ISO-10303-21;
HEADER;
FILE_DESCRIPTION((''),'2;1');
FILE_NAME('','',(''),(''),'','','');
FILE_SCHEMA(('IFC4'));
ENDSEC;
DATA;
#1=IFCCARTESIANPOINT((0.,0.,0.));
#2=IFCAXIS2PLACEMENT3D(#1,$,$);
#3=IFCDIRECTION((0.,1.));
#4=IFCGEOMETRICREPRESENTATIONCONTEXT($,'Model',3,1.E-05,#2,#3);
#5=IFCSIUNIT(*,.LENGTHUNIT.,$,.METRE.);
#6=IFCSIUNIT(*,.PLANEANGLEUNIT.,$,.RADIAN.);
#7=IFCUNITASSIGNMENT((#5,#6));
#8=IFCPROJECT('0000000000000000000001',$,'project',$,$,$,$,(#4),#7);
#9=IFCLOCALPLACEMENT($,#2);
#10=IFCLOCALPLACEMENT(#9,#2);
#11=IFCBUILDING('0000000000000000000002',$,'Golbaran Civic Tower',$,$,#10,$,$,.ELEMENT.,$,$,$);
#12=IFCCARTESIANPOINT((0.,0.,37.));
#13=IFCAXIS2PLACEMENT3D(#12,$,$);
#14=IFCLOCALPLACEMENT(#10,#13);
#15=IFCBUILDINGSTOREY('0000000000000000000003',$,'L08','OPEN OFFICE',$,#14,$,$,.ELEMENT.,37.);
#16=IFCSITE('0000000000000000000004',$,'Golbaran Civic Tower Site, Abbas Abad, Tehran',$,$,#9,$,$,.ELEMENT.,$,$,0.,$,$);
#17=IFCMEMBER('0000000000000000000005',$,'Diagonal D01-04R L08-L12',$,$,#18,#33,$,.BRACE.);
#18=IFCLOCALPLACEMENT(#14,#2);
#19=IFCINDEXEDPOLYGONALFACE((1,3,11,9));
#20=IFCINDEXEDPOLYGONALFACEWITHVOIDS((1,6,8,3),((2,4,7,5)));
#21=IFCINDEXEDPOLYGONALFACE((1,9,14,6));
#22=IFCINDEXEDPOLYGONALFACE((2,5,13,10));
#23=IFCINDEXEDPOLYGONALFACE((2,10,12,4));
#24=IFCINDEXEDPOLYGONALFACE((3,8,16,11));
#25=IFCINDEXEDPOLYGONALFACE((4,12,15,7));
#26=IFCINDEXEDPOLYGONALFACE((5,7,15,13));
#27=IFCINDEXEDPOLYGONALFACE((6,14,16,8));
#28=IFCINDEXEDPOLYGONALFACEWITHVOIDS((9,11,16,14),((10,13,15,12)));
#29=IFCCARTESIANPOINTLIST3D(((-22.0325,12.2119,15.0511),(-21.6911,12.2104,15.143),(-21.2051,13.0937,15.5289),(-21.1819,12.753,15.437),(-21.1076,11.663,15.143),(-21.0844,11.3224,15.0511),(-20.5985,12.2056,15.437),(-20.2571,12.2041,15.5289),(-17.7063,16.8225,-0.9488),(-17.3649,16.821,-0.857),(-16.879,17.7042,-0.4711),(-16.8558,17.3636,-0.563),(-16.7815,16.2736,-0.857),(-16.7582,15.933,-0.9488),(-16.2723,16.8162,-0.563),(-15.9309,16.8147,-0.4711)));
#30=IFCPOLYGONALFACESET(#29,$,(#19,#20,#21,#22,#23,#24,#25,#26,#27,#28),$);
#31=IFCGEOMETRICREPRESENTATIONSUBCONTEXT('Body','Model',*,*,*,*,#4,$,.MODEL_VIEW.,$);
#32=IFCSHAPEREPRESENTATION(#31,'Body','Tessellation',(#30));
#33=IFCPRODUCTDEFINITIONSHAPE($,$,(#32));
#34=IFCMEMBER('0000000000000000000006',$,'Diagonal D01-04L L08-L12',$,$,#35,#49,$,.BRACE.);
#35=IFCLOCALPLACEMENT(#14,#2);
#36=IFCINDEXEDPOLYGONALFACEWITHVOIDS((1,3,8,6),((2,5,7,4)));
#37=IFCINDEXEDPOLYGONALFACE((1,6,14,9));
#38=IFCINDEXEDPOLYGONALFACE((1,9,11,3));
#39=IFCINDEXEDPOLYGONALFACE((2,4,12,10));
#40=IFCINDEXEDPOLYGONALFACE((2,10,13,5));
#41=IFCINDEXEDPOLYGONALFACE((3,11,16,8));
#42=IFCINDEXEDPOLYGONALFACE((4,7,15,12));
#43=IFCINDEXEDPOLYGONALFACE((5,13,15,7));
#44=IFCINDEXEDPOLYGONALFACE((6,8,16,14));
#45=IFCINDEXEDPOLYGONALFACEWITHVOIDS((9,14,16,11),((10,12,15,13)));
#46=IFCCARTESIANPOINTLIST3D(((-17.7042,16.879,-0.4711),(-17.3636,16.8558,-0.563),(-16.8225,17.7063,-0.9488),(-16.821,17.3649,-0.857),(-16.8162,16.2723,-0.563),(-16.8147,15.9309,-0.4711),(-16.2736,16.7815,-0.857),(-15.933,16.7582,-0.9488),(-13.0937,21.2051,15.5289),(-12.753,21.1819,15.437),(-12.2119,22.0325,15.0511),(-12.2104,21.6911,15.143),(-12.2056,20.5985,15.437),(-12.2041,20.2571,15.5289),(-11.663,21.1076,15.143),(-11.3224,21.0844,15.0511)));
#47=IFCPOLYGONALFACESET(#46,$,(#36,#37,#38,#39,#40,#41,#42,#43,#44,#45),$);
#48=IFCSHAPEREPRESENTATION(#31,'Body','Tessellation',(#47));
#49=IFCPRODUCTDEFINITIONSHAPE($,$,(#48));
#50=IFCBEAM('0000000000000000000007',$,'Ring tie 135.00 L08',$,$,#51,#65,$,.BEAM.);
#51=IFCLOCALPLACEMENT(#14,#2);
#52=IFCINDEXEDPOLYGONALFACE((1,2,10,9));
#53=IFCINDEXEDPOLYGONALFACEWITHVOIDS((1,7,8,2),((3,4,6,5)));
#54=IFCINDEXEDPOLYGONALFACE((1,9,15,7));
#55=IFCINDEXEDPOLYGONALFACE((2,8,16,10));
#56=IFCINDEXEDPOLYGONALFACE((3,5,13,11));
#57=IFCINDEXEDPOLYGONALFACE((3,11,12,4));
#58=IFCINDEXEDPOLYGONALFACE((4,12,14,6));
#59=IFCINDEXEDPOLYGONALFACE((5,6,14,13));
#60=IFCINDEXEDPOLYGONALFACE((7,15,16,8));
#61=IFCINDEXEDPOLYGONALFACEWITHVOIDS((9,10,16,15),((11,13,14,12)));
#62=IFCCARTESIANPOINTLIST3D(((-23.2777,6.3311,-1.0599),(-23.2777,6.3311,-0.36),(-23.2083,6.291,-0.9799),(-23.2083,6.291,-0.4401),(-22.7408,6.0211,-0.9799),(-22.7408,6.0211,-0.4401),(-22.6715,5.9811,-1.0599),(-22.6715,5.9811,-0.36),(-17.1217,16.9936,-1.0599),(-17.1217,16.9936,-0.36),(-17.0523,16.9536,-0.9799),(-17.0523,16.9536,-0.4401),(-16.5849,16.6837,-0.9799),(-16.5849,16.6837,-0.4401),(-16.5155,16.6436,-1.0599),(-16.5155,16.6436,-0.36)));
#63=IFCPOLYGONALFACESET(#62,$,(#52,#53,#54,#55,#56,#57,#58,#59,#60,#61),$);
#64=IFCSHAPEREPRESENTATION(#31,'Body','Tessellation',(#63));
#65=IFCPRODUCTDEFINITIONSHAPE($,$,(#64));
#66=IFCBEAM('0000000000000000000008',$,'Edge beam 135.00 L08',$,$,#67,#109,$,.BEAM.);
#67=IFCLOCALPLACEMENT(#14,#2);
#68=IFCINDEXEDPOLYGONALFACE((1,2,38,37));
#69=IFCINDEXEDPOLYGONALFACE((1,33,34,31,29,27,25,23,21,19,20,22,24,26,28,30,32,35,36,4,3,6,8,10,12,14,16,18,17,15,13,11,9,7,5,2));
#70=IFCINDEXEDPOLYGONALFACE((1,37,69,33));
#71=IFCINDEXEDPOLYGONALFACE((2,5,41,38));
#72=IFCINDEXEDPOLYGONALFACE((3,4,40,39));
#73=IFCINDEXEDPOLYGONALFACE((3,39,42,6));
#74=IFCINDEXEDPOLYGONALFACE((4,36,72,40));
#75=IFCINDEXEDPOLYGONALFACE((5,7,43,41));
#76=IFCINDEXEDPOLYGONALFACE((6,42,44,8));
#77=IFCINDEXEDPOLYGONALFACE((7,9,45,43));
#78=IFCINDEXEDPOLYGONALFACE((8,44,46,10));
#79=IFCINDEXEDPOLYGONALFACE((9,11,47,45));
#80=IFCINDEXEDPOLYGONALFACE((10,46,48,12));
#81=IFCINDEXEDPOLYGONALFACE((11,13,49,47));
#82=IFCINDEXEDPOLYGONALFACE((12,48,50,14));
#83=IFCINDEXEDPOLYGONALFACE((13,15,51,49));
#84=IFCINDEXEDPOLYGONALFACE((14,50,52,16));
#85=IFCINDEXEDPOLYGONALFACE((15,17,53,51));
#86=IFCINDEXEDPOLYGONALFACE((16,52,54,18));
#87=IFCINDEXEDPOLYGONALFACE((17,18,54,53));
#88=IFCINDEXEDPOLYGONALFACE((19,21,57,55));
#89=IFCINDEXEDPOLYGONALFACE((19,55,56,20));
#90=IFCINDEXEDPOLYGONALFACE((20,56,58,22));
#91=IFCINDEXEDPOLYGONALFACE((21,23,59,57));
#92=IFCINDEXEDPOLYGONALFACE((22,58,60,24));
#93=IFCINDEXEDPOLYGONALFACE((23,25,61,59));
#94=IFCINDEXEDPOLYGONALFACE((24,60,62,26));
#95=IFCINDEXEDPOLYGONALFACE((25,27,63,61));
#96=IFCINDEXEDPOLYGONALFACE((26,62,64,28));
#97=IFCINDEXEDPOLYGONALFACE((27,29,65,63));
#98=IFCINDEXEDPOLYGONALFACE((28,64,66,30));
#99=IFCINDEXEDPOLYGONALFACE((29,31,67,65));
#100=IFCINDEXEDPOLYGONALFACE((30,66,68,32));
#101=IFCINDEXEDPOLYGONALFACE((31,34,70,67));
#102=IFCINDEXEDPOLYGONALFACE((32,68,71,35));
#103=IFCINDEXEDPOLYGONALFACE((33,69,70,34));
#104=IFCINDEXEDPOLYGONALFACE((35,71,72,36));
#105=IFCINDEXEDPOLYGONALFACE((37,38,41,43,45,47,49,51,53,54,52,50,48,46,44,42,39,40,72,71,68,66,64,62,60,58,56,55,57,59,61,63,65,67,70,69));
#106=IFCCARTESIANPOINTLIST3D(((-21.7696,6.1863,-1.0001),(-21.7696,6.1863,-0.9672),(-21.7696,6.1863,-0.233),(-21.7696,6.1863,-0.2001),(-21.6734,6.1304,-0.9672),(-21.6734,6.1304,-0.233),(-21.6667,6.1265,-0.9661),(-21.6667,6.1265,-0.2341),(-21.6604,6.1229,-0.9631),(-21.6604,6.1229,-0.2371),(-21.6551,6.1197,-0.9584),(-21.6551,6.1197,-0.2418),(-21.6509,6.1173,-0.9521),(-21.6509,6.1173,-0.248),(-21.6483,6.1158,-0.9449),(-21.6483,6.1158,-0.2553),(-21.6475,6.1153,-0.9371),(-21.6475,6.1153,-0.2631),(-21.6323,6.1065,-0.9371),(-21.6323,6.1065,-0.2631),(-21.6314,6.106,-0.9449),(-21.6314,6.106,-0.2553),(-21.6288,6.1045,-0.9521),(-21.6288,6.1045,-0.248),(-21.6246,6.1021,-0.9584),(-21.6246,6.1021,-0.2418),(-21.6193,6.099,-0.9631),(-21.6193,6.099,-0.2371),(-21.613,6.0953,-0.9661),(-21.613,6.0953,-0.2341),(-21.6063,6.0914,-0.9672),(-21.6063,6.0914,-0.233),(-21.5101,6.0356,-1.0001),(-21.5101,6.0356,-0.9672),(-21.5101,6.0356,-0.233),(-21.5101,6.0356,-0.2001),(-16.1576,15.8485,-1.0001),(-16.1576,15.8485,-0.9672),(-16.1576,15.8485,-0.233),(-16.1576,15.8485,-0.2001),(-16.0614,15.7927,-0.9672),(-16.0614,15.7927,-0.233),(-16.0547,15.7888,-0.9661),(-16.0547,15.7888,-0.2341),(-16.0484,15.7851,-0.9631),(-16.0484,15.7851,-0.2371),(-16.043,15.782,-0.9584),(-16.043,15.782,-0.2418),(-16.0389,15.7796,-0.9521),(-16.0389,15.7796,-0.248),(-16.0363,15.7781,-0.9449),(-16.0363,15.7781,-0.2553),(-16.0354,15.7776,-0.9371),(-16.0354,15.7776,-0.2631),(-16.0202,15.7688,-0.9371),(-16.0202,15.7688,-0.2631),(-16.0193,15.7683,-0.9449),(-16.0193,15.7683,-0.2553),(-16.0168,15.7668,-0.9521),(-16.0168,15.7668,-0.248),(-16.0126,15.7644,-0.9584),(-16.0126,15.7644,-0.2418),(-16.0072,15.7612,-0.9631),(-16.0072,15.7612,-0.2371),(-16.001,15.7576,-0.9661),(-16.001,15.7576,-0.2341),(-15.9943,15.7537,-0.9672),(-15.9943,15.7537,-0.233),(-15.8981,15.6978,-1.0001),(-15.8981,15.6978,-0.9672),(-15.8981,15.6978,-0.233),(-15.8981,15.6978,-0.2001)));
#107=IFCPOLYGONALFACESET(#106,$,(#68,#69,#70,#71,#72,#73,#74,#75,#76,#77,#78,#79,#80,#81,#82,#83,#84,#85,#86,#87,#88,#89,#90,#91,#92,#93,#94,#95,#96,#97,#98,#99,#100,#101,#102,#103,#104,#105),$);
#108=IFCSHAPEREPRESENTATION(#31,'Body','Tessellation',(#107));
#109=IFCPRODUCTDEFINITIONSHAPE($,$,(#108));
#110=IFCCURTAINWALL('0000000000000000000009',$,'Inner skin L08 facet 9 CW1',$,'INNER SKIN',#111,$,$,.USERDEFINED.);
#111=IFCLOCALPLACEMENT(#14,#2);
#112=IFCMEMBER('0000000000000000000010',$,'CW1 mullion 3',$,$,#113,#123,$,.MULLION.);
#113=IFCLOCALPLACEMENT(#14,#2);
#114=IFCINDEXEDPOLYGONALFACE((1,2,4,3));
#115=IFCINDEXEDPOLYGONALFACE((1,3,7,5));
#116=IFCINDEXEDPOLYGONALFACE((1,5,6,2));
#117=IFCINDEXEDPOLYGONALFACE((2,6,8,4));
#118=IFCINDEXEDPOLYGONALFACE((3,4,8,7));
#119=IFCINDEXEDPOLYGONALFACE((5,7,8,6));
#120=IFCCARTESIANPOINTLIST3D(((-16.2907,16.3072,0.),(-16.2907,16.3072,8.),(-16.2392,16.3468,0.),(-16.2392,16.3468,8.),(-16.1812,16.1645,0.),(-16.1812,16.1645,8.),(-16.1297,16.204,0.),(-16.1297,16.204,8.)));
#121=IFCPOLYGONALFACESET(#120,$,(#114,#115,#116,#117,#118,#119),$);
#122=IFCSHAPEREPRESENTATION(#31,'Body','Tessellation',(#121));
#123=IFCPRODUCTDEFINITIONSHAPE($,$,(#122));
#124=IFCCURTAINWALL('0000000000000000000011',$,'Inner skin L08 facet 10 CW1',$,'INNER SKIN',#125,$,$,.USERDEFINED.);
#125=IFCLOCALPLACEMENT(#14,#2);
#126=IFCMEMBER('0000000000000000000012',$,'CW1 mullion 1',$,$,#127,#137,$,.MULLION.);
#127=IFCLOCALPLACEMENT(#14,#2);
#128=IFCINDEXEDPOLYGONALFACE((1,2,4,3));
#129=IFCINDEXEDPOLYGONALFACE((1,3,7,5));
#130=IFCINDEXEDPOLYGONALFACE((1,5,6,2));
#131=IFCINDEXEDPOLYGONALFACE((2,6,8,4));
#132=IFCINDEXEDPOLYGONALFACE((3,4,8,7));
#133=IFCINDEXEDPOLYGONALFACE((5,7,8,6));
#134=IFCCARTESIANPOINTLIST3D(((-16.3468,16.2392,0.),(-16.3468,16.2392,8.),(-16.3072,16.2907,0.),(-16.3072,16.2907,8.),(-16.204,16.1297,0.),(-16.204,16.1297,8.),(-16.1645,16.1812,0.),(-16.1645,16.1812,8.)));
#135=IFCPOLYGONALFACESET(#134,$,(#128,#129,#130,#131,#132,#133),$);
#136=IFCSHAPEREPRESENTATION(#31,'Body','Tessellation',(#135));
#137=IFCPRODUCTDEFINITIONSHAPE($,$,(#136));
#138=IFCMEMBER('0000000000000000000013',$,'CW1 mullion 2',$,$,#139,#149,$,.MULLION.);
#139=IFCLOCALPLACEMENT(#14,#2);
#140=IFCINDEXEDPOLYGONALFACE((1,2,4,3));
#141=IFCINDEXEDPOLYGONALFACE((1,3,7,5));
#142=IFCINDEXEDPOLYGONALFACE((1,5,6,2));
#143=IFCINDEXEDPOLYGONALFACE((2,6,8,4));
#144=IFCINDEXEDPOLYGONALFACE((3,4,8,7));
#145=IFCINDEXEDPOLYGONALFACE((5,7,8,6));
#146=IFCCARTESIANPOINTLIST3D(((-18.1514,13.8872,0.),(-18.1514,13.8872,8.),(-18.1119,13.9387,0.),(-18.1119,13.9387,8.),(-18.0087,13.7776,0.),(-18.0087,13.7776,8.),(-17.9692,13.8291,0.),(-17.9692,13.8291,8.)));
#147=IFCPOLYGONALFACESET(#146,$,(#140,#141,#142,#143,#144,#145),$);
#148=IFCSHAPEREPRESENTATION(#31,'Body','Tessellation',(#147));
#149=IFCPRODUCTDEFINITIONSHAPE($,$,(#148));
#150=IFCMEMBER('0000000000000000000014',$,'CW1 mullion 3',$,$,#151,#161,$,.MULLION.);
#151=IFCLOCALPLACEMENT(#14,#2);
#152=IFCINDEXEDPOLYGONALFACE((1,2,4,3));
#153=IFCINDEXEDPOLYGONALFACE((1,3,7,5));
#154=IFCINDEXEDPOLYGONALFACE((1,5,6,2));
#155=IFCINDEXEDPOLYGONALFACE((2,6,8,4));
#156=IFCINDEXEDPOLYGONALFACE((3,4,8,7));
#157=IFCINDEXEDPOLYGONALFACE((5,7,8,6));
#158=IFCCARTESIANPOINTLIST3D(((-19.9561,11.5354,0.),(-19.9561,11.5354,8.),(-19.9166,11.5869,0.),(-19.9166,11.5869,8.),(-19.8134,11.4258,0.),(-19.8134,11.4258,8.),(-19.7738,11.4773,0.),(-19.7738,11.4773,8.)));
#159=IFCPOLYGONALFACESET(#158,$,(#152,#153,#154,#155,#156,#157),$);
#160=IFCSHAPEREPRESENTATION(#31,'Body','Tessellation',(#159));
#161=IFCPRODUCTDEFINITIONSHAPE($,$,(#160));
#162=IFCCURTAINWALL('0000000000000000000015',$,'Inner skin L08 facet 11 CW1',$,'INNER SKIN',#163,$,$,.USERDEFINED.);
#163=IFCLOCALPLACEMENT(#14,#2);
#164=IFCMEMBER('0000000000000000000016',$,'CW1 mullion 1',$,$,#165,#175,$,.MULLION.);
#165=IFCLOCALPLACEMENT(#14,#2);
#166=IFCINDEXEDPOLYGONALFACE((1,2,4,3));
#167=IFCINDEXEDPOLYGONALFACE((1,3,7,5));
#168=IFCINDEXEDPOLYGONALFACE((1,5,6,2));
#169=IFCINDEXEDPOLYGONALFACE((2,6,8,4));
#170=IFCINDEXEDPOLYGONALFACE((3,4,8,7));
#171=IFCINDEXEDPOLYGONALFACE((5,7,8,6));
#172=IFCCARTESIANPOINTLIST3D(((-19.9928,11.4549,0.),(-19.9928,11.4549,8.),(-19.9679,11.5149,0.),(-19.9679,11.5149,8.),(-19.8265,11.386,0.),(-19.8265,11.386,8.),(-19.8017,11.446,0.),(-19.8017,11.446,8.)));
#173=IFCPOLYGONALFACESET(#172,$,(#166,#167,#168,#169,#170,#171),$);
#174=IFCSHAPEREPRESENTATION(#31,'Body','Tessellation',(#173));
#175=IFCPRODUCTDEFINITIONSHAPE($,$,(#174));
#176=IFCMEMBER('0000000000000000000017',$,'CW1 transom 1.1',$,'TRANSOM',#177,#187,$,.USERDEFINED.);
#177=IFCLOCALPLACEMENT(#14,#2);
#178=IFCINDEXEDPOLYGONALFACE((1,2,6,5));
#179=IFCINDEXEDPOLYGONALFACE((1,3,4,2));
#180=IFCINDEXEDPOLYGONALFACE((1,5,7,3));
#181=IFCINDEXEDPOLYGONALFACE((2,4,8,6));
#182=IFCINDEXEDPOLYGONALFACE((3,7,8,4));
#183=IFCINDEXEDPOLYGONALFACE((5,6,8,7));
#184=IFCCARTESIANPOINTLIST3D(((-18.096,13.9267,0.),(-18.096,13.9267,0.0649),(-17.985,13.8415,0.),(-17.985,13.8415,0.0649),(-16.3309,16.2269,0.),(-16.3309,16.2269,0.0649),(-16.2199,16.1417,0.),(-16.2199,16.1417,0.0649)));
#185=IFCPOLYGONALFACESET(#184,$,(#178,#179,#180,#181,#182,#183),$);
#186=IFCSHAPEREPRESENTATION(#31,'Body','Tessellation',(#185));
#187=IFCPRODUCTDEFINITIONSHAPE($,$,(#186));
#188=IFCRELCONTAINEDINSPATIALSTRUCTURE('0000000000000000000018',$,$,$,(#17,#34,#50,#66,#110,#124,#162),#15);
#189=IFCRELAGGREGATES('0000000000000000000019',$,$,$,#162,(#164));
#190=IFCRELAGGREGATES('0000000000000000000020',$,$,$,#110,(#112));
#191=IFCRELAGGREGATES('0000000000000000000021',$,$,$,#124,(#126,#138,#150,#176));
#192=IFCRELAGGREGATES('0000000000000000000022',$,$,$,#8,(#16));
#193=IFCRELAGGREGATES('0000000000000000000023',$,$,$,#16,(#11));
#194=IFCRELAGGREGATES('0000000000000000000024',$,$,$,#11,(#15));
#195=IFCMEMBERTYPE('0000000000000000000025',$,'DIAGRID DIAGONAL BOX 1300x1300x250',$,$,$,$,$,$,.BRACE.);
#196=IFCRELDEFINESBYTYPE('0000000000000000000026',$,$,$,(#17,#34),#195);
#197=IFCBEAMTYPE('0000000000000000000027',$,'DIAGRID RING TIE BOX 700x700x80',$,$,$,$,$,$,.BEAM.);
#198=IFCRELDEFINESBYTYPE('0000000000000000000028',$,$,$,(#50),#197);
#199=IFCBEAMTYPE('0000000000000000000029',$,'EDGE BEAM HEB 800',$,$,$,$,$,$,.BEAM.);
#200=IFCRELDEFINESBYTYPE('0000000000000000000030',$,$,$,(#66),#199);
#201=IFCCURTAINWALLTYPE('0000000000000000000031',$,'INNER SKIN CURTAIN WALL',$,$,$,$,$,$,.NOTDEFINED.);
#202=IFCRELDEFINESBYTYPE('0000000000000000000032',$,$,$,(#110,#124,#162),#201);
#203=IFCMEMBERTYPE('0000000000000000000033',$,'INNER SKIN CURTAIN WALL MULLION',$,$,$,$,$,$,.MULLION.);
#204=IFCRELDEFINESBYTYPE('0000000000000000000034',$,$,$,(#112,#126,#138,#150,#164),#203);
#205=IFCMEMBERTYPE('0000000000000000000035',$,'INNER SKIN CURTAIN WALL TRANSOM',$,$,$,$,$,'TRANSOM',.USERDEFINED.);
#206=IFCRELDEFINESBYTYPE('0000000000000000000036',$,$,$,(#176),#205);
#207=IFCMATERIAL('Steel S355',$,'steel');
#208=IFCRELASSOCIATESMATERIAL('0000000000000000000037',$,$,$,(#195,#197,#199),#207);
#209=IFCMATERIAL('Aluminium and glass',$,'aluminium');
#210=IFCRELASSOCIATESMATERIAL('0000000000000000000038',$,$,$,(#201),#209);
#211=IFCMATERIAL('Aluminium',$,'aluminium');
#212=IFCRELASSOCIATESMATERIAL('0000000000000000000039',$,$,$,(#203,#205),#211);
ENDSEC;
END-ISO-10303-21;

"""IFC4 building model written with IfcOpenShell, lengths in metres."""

from ifc_helpers import new_model, si_unit, direction, frame, origin, origin_2d, place, context, subcontext, project, spatial, rectangle, hollow_rectangle, i_section, extrude, material, material_profile, profile_set, type_object, element, aggregate, save


model = new_model("IFC4")

# Units and contexts
model_context = context("Model", 3, precision=1e-05, world=origin(), true_north=direction((0.0, 1.0)))
body_context = subcontext(model_context, "Body", "Model", "MODEL_VIEW")
ifc_project = project(units=[si_unit("LENGTHUNIT", "METRE"), si_unit("PLANEANGLEUNIT", "RADIAN")], contexts=[model_context])

# Site, building, storey
site_placement = place(None, origin())
site = spatial("IfcSite", under=ifc_project, at=site_placement, Name="Golbaran Civic Tower Site, Abbas Abad, Tehran", CompositionType="ELEMENT", RefElevation=0.0)
building_placement = place(site_placement, origin())
building = spatial("IfcBuilding", under=site, at=building_placement, Name="Golbaran Civic Tower", CompositionType="ELEMENT")
storey_placement = place(building_placement, frame((0.0, 0.0, 37.0)))
storey = spatial("IfcBuildingStorey", under=building, at=storey_placement, Name="L08", Description="OPEN OFFICE", CompositionType="ELEMENT", Elevation=37.0)

# Members
ifc_material_1 = material(Name="Steel S355", Category="steel")
ifc_material_profile_1 = material_profile(ifc_material_1, hollow_rectangle(XDim=1.3, YDim=1.3, WallThickness=0.25, at=origin_2d()), Name="BOX 1300x1300x250")
ifc_profile_set_1 = profile_set([ifc_material_profile_1], Name="Steel S355")
member_type_1 = type_object("IfcMemberType", Name="DIAGRID DIAGONAL BOX 1300x1300x250", PredefinedType="BRACE", material=ifc_profile_set_1)
for number, where, z_axis, x_axis, name in (
    (1, (-16.8186, 16.8186, -0.71), (-0.251465, -0.267997, 0.930023), (0.729242, -0.684256, 0.0), "Diagonal D01-04R L08-L12"),
    (2, (-16.8186, 16.8186, -0.71), (0.267997, 0.251465, 0.930023), (-0.684256, 0.729242, 0.0), "Diagonal D01-04L L08-L12"),
):
    element("IfcMember", number, at=place(storey_placement, frame(where, z_axis=z_axis, x_axis=x_axis)), inside=storey, type_object=member_type_1, Name=name, PredefinedType="BRACE", context=body_context, shape_type="SweptSolid", body=[
        extrude(hollow_rectangle(XDim=1.3, YDim=1.3, WallThickness=0.25, at=origin_2d()), origin(), (0.0, 0.0, 1.0), 17.2039),
    ])

# Beams
ifc_material_profile_2 = material_profile(ifc_material_1, hollow_rectangle(XDim=0.7, YDim=0.7, WallThickness=0.0801, at=origin_2d()), Name="BOX 700x700x80")
ifc_profile_set_2 = profile_set([ifc_material_profile_2], Name="Steel S355")
beam_type_1 = type_object("IfcBeamType", Name="DIAGRID RING TIE BOX 700x700x80", PredefinedType="BEAM", material=ifc_profile_set_2)
beam_1_placement = place(storey_placement, frame((-16.8186, 16.8186, -0.71), z_axis=(-0.499997, -0.866027, 0.0), x_axis=(0.866027, -0.499997, 0.0)))
element("IfcBeam", 3, at=beam_1_placement, inside=storey, type_object=beam_type_1, Name="Ring tie 135.00 L08", PredefinedType="BEAM", context=body_context, shape_type="SweptSolid", body=[
    extrude(hollow_rectangle(XDim=0.7, YDim=0.7, WallThickness=0.0801, at=origin_2d()), origin(), (0.0, 0.0, 1.0), 12.312),
])
ifc_material_profile_3 = material_profile(ifc_material_1, i_section(OverallWidth=0.3, OverallDepth=0.8, WebThickness=0.0176, FlangeThickness=0.033, FilletRadius=0.03, at=origin_2d()), Name="HEB 800")
ifc_profile_set_3 = profile_set([ifc_material_profile_3], Name="Steel S355")
beam_type_2 = type_object("IfcBeamType", Name="EDGE BEAM HEB 800", PredefinedType="BEAM", material=ifc_profile_set_3)
beam_2_placement = place(storey_placement, frame((-16.0278, 15.7732, -0.6001), z_axis=(-0.502247, -0.864724, 0.0), x_axis=(0.864724, -0.502247, 0.0)))
element("IfcBeam", 4, at=beam_2_placement, inside=storey, type_object=beam_type_2, Name="Edge beam 135.00 L08", PredefinedType="BEAM", context=body_context, shape_type="SweptSolid", body=[
    extrude(i_section(OverallWidth=0.3, OverallDepth=0.8, WebThickness=0.0176, FlangeThickness=0.033, FilletRadius=0.03, at=origin_2d()), origin(), (0.0, 0.0, 1.0), 11.1738),
])

# Curtain wall, member
ifc_material_2 = material(Name="Aluminium and glass", Category="aluminium")
curtain_wall_type_1 = type_object("IfcCurtainWallType", Name="INNER SKIN CURTAIN WALL", PredefinedType="NOTDEFINED", material=ifc_material_2)
curtain_wall_1_placement = place(storey_placement, origin())
curtain_wall_1 = element("IfcCurtainWall", 5, at=curtain_wall_1_placement, inside=storey, type_object=curtain_wall_type_1, Name="Inner skin L08 facet 9 CW1", ObjectType="INNER SKIN", PredefinedType="USERDEFINED")
ifc_material_3 = material(Name="Aluminium", Category="aluminium")
ifc_material_profile_4 = material_profile(ifc_material_3, rectangle(XDim=0.1799, YDim=0.0649, at=origin_2d()), Name="INNER SKIN CURTAIN WALL MULLION")
ifc_profile_set_4 = profile_set([ifc_material_profile_4], Name="Aluminium")
member_type_2 = type_object("IfcMemberType", Name="INNER SKIN CURTAIN WALL MULLION", PredefinedType="MULLION", material=ifc_profile_set_4)
member_1_placement = place(storey_placement, frame((-16.2102, 16.2556, 0.0), z_axis=(0.0, 0.0, 1.0), x_axis=(0.608761, -0.793353, 0.0)))
member_1 = element("IfcMember", 6, at=member_1_placement, type_object=member_type_2, Name="CW1 mullion 3", PredefinedType="MULLION", context=body_context, shape_type="SweptSolid", body=[
    extrude(rectangle(XDim=0.1799, YDim=0.0649, at=origin_2d()), origin(), (0.0, 0.0, 1.0), 8.0),
])

# Curtain wall, members
curtain_wall_2_placement = place(storey_placement, origin())
curtain_wall_2 = element("IfcCurtainWall", 7, at=curtain_wall_2_placement, inside=storey, type_object=curtain_wall_type_1, Name="Inner skin L08 facet 10 CW1", ObjectType="INNER SKIN", PredefinedType="USERDEFINED")
member_2_placement = place(storey_placement, frame((-16.2556, 16.2102, 0.0), z_axis=(0.0, 0.0, 1.0), x_axis=(0.793353, -0.608761, 0.0)))
member_2 = element("IfcMember", 8, at=member_2_placement, type_object=member_type_2, Name="CW1 mullion 1", PredefinedType="MULLION", context=body_context, shape_type="SweptSolid", body=[
    extrude(rectangle(XDim=0.1799, YDim=0.0649, at=origin_2d()), origin(), (0.0, 0.0, 1.0), 8.0),
])
member_3_placement = place(storey_placement, frame((-18.0603, 13.8582, 0.0), z_axis=(0.0, 0.0, 1.0), x_axis=(0.793353, -0.608761, 0.0)))
member_3 = element("IfcMember", 9, at=member_3_placement, type_object=member_type_2, Name="CW1 mullion 2", PredefinedType="MULLION", context=body_context, shape_type="SweptSolid", body=[
    extrude(rectangle(XDim=0.1799, YDim=0.0649, at=origin_2d()), origin(), (0.0, 0.0, 1.0), 8.0),
])
member_4_placement = place(storey_placement, frame((-19.865, 11.5063, 0.0), z_axis=(0.0, 0.0, 1.0), x_axis=(0.793353, -0.608761, 0.0)))
member_4 = element("IfcMember", 10, at=member_4_placement, type_object=member_type_2, Name="CW1 mullion 3", PredefinedType="MULLION", context=body_context, shape_type="SweptSolid", body=[
    extrude(rectangle(XDim=0.1799, YDim=0.0649, at=origin_2d()), origin(), (0.0, 0.0, 1.0), 8.0),
])

# Curtain wall, member
curtain_wall_3_placement = place(storey_placement, origin())
curtain_wall_3 = element("IfcCurtainWall", 11, at=curtain_wall_3_placement, inside=storey, type_object=curtain_wall_type_1, Name="Inner skin L08 facet 11 CW1", ObjectType="INNER SKIN", PredefinedType="USERDEFINED")
member_5_placement = place(storey_placement, frame((-19.8972, 11.4504, 0.0), z_axis=(0.0, 0.0, 1.0), x_axis=(0.92388, -0.382683, 0.0)))
member_5 = element("IfcMember", 12, at=member_5_placement, type_object=member_type_2, Name="CW1 mullion 1", PredefinedType="MULLION", context=body_context, shape_type="SweptSolid", body=[
    extrude(rectangle(XDim=0.1799, YDim=0.0649, at=origin_2d()), origin(), (0.0, 0.0, 1.0), 8.0),
])

# Member
ifc_material_profile_5 = material_profile(ifc_material_3, rectangle(XDim=0.1399, YDim=0.0649, at=origin_2d()), Name="INNER SKIN CURTAIN WALL TRANSOM")
ifc_profile_set_5 = profile_set([ifc_material_profile_5], Name="Aluminium")
member_type_3 = type_object("IfcMemberType", Name="INNER SKIN CURTAIN WALL TRANSOM", ElementType="TRANSOM", PredefinedType="USERDEFINED", material=ifc_profile_set_5)
member_6_placement = place(storey_placement, frame((-16.2754, 16.1843, 0.0325), z_axis=(-0.608774, -0.793343, 0.0), x_axis=(0.793343, -0.608774, 0.0)))
member_6 = element("IfcMember", 13, at=member_6_placement, type_object=member_type_3, Name="CW1 transom 1.1", ObjectType="TRANSOM", PredefinedType="USERDEFINED", context=body_context, shape_type="SweptSolid", body=[
    extrude(rectangle(XDim=0.1399, YDim=0.0649, at=origin_2d()), origin(), (0.0, 0.0, 1.0), 2.8994),
])
aggregate(curtain_wall_3, [member_5])

aggregate(curtain_wall_1, [member_1])
aggregate(curtain_wall_2, [member_2, member_3, member_4, member_6])

save(model, "model.ifc")
